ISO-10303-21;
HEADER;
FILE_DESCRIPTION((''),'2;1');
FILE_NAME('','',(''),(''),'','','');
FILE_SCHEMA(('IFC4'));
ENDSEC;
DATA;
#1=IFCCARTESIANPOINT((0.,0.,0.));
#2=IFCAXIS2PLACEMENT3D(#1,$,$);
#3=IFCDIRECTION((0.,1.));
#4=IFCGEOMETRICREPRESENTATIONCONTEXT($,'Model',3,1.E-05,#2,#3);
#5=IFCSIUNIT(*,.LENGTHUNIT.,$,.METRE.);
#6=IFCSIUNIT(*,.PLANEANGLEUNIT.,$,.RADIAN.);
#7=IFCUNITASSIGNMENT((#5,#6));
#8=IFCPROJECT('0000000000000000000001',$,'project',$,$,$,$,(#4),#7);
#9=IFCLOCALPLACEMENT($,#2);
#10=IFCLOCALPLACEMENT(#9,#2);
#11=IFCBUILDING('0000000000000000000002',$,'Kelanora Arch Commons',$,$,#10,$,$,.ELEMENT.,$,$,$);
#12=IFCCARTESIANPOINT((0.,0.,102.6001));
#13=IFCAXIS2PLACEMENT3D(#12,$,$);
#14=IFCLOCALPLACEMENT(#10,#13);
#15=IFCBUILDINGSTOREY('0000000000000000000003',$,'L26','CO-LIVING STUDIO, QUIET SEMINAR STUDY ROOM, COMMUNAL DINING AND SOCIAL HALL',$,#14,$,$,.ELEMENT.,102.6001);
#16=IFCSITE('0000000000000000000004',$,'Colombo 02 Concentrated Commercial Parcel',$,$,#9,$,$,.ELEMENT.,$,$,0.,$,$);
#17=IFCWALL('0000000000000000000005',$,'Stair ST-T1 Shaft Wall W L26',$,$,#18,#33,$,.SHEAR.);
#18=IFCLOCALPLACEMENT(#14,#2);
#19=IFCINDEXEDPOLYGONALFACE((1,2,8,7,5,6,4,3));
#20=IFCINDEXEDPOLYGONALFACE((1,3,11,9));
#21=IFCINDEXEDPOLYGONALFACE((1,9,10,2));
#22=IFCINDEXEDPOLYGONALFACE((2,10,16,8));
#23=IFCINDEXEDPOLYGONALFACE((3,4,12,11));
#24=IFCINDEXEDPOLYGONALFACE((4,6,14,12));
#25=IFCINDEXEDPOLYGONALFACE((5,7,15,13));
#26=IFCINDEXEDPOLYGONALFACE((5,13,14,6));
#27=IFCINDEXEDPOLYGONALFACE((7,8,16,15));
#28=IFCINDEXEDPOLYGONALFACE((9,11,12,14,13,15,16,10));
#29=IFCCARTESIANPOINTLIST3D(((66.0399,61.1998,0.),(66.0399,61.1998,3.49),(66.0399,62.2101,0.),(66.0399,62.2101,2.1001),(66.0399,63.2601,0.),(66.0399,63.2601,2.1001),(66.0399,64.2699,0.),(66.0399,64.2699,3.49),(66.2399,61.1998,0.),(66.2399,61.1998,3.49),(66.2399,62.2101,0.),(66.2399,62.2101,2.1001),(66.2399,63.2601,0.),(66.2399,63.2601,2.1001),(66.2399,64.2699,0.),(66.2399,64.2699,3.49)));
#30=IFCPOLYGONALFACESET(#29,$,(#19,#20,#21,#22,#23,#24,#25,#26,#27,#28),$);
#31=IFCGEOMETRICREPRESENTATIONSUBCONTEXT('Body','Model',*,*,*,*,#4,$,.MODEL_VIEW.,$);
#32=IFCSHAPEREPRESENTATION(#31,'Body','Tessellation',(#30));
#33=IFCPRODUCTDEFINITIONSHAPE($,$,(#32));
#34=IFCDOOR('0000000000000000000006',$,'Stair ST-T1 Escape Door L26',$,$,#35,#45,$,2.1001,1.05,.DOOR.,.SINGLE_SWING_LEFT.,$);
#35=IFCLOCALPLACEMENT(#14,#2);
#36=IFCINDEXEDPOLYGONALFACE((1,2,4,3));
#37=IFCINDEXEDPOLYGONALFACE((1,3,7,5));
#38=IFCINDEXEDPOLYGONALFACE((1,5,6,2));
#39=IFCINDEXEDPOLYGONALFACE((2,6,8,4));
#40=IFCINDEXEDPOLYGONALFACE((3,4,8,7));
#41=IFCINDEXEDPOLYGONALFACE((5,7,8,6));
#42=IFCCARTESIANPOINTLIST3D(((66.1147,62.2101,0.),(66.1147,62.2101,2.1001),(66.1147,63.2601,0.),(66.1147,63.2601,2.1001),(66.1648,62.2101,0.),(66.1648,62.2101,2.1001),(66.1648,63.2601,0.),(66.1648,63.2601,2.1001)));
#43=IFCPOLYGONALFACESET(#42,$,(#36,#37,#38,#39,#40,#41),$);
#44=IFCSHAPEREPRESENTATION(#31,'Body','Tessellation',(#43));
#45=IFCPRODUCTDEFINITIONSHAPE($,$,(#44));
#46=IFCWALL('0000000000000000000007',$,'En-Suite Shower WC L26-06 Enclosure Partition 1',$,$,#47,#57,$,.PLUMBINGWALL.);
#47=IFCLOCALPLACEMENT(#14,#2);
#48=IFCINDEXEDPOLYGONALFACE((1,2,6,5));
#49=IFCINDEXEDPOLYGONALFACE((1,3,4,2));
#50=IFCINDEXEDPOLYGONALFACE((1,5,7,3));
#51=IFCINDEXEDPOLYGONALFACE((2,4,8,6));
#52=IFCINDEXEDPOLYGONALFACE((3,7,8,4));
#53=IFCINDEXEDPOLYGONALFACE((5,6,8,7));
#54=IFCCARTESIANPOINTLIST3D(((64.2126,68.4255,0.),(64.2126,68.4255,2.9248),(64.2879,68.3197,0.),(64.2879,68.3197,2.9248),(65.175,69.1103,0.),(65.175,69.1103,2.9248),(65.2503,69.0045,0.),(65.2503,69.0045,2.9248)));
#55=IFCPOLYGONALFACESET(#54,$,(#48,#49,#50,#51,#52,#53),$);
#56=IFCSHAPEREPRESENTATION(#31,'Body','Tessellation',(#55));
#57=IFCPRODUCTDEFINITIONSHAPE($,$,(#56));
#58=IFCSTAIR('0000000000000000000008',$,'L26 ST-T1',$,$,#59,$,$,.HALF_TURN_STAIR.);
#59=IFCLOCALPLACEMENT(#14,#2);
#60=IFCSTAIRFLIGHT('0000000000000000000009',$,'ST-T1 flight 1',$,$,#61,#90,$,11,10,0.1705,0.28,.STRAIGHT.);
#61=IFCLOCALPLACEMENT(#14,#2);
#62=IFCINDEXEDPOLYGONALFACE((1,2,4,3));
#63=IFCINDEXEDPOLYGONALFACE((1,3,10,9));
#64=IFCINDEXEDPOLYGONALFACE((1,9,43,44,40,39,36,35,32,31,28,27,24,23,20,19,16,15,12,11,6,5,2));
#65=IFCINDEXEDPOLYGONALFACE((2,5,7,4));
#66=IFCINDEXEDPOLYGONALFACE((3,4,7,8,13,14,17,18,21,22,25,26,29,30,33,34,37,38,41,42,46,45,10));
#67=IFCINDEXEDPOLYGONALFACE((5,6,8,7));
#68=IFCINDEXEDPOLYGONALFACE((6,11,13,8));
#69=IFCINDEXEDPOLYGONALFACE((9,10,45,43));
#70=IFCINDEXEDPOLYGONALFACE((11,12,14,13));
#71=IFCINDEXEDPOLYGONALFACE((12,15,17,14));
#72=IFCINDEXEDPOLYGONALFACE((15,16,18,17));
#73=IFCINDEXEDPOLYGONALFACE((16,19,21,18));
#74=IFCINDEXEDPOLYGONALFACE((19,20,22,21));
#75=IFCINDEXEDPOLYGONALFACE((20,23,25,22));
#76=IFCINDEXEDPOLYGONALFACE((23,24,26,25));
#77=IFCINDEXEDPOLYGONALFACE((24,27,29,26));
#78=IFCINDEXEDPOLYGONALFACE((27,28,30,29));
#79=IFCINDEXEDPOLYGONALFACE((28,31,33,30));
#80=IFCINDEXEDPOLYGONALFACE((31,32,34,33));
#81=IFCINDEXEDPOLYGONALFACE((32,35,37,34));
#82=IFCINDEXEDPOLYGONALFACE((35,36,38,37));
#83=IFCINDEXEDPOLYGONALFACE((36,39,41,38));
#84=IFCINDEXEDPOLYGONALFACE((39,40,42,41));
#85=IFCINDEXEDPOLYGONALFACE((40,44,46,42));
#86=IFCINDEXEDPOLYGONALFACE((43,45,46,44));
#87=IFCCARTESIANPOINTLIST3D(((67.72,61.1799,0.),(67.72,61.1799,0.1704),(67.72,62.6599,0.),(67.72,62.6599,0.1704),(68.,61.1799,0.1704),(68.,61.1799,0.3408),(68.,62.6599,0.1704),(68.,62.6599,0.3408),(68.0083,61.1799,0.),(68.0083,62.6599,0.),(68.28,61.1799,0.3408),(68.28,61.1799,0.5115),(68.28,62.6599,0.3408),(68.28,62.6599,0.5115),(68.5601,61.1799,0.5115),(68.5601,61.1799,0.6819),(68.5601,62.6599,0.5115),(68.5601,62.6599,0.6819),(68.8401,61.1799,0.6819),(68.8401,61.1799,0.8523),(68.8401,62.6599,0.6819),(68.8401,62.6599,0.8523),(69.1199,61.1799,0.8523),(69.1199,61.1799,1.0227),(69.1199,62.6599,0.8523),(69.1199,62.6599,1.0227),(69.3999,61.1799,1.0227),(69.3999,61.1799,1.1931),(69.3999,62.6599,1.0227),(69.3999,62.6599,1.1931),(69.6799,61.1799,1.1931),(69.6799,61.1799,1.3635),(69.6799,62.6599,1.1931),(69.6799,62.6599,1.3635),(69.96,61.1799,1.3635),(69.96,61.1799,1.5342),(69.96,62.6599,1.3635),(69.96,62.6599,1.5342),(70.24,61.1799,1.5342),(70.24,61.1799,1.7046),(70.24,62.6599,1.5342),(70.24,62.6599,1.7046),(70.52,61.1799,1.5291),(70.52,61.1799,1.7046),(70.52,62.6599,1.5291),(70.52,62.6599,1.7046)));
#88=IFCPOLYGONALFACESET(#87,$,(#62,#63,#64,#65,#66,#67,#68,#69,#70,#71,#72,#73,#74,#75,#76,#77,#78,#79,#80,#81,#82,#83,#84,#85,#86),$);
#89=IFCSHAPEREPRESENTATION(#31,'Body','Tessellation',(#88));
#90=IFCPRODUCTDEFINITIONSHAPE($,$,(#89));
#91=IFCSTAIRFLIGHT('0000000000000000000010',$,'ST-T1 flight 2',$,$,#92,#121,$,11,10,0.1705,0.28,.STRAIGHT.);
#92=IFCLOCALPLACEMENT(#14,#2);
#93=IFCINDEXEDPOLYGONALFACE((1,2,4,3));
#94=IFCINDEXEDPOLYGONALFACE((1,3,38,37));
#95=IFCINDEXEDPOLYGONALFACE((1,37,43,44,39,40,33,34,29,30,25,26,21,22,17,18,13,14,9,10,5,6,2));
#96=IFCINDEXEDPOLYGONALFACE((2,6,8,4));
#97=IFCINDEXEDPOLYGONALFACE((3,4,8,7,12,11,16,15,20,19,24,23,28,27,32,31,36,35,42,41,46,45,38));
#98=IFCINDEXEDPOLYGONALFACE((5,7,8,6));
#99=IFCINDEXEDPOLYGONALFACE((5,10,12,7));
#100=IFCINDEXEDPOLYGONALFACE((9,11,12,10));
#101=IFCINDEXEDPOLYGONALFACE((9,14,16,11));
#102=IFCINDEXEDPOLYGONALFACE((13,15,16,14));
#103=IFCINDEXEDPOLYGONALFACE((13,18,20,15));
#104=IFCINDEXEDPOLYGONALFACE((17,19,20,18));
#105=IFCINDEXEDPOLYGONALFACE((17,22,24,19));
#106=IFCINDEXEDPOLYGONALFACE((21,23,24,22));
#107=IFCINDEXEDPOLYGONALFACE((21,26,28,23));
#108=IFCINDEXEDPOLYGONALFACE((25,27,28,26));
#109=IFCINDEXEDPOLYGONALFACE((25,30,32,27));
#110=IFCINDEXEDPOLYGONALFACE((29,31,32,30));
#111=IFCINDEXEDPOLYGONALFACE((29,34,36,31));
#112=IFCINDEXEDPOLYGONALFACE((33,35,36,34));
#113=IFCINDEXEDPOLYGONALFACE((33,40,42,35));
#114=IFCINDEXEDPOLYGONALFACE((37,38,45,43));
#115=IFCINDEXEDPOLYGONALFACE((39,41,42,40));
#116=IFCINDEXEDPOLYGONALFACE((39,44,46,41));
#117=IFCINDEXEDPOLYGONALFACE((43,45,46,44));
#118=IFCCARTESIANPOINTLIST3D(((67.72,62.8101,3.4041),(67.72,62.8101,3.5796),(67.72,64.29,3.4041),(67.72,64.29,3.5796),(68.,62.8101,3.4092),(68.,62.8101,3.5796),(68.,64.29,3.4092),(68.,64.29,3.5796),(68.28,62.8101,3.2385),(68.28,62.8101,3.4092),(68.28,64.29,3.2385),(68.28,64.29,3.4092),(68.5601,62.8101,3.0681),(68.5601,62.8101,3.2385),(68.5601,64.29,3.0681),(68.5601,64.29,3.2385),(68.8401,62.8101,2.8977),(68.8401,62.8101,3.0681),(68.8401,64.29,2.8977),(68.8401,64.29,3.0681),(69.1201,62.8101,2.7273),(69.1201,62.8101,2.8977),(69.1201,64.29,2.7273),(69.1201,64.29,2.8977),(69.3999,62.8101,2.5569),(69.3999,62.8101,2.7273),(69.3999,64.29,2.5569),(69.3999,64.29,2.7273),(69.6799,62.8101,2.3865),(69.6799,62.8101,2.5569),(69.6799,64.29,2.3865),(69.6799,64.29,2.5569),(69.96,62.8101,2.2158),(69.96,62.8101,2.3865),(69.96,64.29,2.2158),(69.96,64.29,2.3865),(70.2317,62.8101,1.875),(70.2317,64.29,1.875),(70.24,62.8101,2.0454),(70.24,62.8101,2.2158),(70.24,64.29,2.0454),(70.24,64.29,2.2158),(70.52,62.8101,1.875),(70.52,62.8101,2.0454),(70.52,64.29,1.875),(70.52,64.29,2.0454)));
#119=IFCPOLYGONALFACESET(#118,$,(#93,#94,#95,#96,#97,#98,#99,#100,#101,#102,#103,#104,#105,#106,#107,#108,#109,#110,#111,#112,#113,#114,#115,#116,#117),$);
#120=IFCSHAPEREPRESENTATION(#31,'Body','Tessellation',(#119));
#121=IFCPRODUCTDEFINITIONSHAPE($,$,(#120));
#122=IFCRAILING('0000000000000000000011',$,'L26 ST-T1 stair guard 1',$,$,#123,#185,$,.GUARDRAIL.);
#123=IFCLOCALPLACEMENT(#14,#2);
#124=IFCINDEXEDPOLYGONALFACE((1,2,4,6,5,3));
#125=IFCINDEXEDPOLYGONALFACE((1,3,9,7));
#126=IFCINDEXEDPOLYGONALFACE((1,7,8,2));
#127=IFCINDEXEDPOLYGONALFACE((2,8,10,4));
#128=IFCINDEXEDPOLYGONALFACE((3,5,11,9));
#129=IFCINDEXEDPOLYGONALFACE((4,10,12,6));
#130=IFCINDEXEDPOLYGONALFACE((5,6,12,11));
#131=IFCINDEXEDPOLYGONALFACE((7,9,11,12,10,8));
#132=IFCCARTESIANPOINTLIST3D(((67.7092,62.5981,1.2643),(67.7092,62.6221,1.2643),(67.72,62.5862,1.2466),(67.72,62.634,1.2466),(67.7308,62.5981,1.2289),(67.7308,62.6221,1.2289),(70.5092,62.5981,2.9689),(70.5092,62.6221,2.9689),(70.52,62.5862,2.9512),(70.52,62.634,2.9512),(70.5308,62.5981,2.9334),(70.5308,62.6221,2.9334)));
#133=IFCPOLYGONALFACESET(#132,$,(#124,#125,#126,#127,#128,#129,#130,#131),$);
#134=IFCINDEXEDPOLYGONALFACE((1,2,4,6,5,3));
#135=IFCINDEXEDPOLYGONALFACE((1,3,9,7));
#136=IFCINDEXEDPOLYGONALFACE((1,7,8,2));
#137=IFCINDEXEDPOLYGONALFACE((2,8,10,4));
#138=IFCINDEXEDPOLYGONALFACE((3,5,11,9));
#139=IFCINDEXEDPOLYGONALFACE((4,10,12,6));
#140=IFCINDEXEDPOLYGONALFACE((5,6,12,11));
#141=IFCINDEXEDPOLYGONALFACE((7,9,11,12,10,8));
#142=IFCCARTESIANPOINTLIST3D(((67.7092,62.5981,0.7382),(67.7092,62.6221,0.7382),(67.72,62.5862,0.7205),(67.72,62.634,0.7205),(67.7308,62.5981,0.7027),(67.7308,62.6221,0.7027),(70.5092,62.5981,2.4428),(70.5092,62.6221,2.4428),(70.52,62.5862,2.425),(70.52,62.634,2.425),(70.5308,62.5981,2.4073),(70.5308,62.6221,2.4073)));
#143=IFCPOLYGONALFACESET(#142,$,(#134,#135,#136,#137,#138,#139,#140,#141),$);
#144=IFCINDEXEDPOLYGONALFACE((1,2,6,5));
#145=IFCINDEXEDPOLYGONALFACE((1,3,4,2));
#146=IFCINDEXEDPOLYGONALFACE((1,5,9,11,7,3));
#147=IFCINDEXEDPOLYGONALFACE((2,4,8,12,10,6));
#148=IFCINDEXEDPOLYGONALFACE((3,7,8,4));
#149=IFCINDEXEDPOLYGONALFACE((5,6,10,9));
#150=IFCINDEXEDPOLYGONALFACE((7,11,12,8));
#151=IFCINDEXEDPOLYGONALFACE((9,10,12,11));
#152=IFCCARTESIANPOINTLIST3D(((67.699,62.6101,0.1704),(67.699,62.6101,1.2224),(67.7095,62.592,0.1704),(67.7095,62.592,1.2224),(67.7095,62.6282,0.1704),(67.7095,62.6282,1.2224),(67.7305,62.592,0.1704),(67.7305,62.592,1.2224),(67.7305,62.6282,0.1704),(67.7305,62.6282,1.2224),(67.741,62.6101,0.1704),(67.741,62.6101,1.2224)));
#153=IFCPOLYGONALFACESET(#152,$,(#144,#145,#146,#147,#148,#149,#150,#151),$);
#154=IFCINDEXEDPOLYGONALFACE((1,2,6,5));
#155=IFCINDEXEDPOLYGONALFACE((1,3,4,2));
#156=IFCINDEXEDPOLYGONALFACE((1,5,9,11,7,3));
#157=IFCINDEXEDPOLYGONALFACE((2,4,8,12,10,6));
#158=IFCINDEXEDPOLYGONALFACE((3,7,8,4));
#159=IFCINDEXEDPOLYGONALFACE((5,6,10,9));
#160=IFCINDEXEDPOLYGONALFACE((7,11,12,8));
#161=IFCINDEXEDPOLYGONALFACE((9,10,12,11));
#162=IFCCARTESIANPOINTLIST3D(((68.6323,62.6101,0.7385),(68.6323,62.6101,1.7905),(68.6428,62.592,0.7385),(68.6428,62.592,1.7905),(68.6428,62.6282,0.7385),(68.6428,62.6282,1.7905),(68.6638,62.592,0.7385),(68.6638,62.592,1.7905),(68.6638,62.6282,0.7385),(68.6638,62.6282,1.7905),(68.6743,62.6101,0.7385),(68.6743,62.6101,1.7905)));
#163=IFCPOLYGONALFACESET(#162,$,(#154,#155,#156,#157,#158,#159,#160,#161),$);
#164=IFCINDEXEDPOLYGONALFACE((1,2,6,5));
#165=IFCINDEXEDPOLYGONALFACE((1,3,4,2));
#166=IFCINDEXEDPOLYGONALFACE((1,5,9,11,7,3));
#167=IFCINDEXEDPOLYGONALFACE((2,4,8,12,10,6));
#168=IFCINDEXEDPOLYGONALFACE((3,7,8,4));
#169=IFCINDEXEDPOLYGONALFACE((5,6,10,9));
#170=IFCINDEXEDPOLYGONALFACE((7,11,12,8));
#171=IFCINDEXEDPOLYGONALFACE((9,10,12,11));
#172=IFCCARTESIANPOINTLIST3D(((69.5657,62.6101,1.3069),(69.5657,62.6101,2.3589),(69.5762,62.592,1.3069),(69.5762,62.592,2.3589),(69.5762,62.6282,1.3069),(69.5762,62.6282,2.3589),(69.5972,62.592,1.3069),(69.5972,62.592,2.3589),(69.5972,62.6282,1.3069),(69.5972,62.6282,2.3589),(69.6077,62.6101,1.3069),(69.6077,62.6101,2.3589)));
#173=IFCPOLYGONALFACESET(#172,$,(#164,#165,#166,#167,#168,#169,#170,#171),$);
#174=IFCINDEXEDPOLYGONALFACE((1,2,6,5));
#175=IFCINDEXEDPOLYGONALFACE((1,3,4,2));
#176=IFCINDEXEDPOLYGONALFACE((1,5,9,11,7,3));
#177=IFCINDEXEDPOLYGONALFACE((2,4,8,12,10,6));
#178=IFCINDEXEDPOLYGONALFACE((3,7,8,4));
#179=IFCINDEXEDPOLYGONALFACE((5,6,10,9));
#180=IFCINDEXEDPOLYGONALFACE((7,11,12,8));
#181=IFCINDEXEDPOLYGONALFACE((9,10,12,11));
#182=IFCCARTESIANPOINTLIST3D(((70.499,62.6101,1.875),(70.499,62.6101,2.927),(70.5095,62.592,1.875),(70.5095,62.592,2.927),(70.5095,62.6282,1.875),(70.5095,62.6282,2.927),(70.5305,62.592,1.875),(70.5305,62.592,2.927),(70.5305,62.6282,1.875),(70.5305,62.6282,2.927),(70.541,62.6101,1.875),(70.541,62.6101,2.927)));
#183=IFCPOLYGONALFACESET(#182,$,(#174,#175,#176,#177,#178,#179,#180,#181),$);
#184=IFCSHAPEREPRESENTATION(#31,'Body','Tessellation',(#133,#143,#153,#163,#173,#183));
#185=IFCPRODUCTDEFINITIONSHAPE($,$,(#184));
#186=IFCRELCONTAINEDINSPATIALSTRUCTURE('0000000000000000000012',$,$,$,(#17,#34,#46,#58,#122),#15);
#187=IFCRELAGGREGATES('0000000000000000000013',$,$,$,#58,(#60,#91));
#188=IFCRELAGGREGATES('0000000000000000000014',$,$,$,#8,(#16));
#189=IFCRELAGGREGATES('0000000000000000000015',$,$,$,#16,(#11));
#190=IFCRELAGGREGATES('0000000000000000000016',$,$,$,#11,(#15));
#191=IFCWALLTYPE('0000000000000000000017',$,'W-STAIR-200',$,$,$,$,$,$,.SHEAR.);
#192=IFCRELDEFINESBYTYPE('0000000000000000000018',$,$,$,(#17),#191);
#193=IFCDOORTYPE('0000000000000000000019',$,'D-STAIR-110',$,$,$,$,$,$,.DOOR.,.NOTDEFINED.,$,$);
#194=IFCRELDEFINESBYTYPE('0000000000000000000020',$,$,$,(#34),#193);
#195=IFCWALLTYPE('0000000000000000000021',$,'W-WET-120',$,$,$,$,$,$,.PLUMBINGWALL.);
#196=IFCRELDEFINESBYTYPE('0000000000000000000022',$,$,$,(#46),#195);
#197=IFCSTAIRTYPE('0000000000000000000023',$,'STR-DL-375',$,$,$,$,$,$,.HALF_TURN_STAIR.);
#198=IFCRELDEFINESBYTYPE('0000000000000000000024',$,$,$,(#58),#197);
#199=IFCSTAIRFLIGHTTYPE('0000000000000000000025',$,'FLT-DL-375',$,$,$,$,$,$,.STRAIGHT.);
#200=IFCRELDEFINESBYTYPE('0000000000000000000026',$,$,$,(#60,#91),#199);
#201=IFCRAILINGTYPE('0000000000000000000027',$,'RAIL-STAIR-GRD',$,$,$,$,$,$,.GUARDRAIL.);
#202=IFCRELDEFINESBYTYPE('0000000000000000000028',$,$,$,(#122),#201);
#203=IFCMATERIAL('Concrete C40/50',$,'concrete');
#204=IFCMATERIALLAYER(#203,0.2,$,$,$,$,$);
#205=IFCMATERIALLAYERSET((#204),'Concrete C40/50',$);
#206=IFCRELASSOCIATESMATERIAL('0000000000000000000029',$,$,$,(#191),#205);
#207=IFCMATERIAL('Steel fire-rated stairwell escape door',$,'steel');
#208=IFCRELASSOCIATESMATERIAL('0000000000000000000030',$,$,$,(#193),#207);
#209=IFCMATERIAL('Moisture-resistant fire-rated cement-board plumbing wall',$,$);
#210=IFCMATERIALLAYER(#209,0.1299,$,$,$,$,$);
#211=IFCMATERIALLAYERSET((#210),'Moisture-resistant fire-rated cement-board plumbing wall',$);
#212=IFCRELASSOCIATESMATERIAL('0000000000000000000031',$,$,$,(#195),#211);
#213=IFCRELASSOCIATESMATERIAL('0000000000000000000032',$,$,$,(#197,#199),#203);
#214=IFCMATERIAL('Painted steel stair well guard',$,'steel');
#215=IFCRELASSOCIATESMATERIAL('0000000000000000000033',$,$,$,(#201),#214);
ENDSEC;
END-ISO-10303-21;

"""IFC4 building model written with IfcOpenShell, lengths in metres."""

from ifc_helpers import new_model, si_unit, direction, frame, frame_2d, origin, place, context, subcontext, project, spatial, polyline, rectangle, outline, extrude, material, layer, layer_set, type_object, element, fill, aggregate, save


model = new_model("IFC4")

# Units and contexts
model_context = context("Model", 3, precision=1e-05, world=origin(), true_north=direction((0.0, 1.0)))
body_context = subcontext(model_context, "Body", "Model", "MODEL_VIEW")
ifc_project = project(units=[si_unit("LENGTHUNIT", "METRE"), si_unit("PLANEANGLEUNIT", "RADIAN")], contexts=[model_context])

# Site, building, storey
site_placement = place(None, origin())
site = spatial("IfcSite", under=ifc_project, at=site_placement, Name="Colombo 02 Concentrated Commercial Parcel", CompositionType="ELEMENT", RefElevation=0.0)
building_placement = place(site_placement, origin())
building = spatial("IfcBuilding", under=site, at=building_placement, Name="Kelanora Arch Commons", CompositionType="ELEMENT")
storey_placement = place(building_placement, frame((0.0, 0.0, 102.6001)))
storey = spatial("IfcBuildingStorey", under=building, at=storey_placement, Name="L26", Description="CO-LIVING STUDIO, QUIET SEMINAR STUDY ROOM, COMMUNAL DINING AND SOCIAL HALL", CompositionType="ELEMENT", Elevation=102.6001)

# Shared definitions
ifc_material_1 = material(Name="Concrete C40/50", Category="concrete")

# Shared definitions
ifc_layer_1 = layer(ifc_material_1, 0.2)
ifc_layer_set_1 = layer_set([ifc_layer_1], Name="Concrete C40/50")
wall_type_1 = type_object("IfcWallType", Name="W-STAIR-200", PredefinedType="SHEAR", material=ifc_layer_set_1)

# Wall, opening, door
wall_1_placement = place(storey_placement, frame((66.1399, 64.27, 0.0), z_axis=(0.0, 0.0, 1.0), x_axis=(0.0, -1.0, 0.0)))
wall_1 = element("IfcWall", 1, at=wall_1_placement, inside=storey, type_object=wall_type_1, Name="Stair ST-T1 Shaft Wall W L26", PredefinedType="SHEAR", context=body_context, shape_type="SweptSolid", body=[
    extrude(rectangle(XDim=3.0701, YDim=0.2, at=frame_2d((1.5352, 0.0))), origin(), (0.0, 0.0, 1.0), 3.49),
])
opening_1_placement = place(wall_1_placement, frame((1.01, 0.0, 0.0)))
opening_1 = element("IfcOpeningElement", 2, at=opening_1_placement, cuts=wall_1, PredefinedType="OPENING", context=body_context, shape_type="SweptSolid", body=[
    extrude(rectangle(XDim=1.05, YDim=2.1001, at=frame_2d((0.5249, 1.05))), frame((0.0, 0.1099, 0.0), z_axis=(0.0, -1.0, 0.0), x_axis=(1.0, 0.0, 0.0)), (0.0, 0.0, 1.0), 0.22),
])
ifc_material_2 = material(Name="Steel fire-rated stairwell escape door", Category="steel")
door_type_1 = type_object("IfcDoorType", Name="D-STAIR-110", OperationType="NOTDEFINED", PredefinedType="DOOR", material=ifc_material_2)
door_1_placement = place(opening_1_placement, origin())
door_1 = element("IfcDoor", 3, at=door_1_placement, inside=storey, type_object=door_type_1, Name="Stair ST-T1 Escape Door L26", OperationType="SINGLE_SWING_LEFT", OverallHeight=2.1001, OverallWidth=1.05, PredefinedType="DOOR", context=body_context, shape_type="SweptSolid", body=[
    extrude(rectangle(XDim=1.05, YDim=2.1001, at=frame_2d((0.5249, 1.05))), frame((0.0, 0.0249, 0.0), z_axis=(0.0, -1.0, 0.0), x_axis=(1.0, 0.0, 0.0)), (0.0, 0.0, 1.0), 0.05),
])
fill(opening_1, door_1)

# Wall
ifc_material_3 = material(Name="Moisture-resistant fire-rated cement-board plumbing wall")
ifc_layer_2 = layer(ifc_material_3, 0.1299)
ifc_layer_set_2 = layer_set([ifc_layer_2], Name="Moisture-resistant fire-rated cement-board plumbing wall")
wall_type_2 = type_object("IfcWallType", Name="W-WET-120", PredefinedType="PLUMBINGWALL", material=ifc_layer_set_2)
wall_2_placement = place(storey_placement, frame((65.2126, 69.0574, 0.0), z_axis=(0.0, 0.0, 1.0), x_axis=(-0.81478, -0.579771, 0.0)))
element("IfcWall", 4, at=wall_2_placement, inside=storey, type_object=wall_type_2, Name="En-Suite Shower WC L26-06 Enclosure Partition 1", PredefinedType="PLUMBINGWALL", context=body_context, shape_type="SweptSolid", body=[
    extrude(rectangle(XDim=1.1812, YDim=0.1299, at=frame_2d((0.5906, 0.0))), origin(), (0.0, 0.0, 1.0), 2.9248),
])

# Stair, stair flights
stair_type = type_object("IfcStairType", Name="STR-DL-375", PredefinedType="HALF_TURN_STAIR", material=ifc_material_1)
stair_placement = place(storey_placement, origin())
stair = element("IfcStair", 5, at=stair_placement, inside=storey, type_object=stair_type, Name="L26 ST-T1", PredefinedType="HALF_TURN_STAIR")
stair_flight_type = type_object("IfcStairFlightType", Name="FLT-DL-375", PredefinedType="STRAIGHT", material=ifc_material_1)
stair_flight_1_placement = place(storey_placement, frame((67.72, 61.9199, 0.0), z_axis=(0.0, 0.0, 1.0), x_axis=(1.0, 0.0, 0.0)))
stair_flight_1 = element("IfcStairFlight", 6, at=stair_flight_1_placement, type_object=stair_flight_type, Name="ST-T1 flight 1", NumberOfRisers=11, NumberOfTreads=10, PredefinedType="STRAIGHT", RiserHeight=0.1705, TreadLength=0.28, context=body_context, shape_type="SweptSolid", body=[
    extrude(outline(polyline([(0.0, 0.0), (0.0, 0.1704), (0.28, 0.1704), (0.28, 0.3408), (0.5601, 0.3408), (0.5601, 0.5115), (0.8401, 0.5115), (0.8401, 0.6819), (1.1201, 0.6819), (1.1201, 0.8523), (1.3999, 0.8523), (1.3999, 1.0227), (1.6799, 1.0227), (1.6799, 1.1931), (1.96, 1.1931), (1.96, 1.3635), (2.24, 1.3635), (2.24, 1.5342), (2.52, 1.5342), (2.52, 1.7046), (2.8, 1.7046), (2.8, 1.875), (2.8, 1.5291), (0.2883, 0.0), (0.0, 0.0)])), frame((0.0, 0.74, 0.0), z_axis=(0.0, -1.0, 0.0), x_axis=(1.0, 0.0, 0.0)), (0.0, 0.0, 1.0), 1.48),
])
stair_flight_2_placement = place(storey_placement, frame((70.52, 63.55, 1.875), z_axis=(0.0, 0.0, 1.0), x_axis=(-1.0, 0.0, 0.0)))
stair_flight_2 = element("IfcStairFlight", 7, at=stair_flight_2_placement, type_object=stair_flight_type, Name="ST-T1 flight 2", NumberOfRisers=11, NumberOfTreads=10, PredefinedType="STRAIGHT", RiserHeight=0.1705, TreadLength=0.28, context=body_context, shape_type="SweptSolid", body=[
    extrude(outline(polyline([(0.0, 0.0), (0.0, 0.1704), (0.28, 0.1704), (0.28, 0.3408), (0.5601, 0.3408), (0.5601, 0.5115), (0.8401, 0.5115), (0.8401, 0.6819), (1.1201, 0.6819), (1.1201, 0.8523), (1.3999, 0.8523), (1.3999, 1.0227), (1.6799, 1.0227), (1.6799, 1.1931), (1.96, 1.1931), (1.96, 1.3635), (2.24, 1.3635), (2.24, 1.5342), (2.52, 1.5342), (2.52, 1.7046), (2.8, 1.7046), (2.8, 1.875), (2.8, 1.5291), (0.2883, 0.0), (0.0, 0.0)])), frame((0.0, 0.74, 0.0), z_axis=(0.0, -1.0, 0.0), x_axis=(1.0, 0.0, 0.0)), (0.0, 0.0, 1.0), 1.48),
])
aggregate(stair, [stair_flight_1, stair_flight_2])

# Railing
ifc_material_4 = material(Name="Painted steel stair well guard", Category="steel")
railing_type_1 = type_object("IfcRailingType", Name="RAIL-STAIR-GRD", PredefinedType="GUARDRAIL", material=ifc_material_4)
railing_1_placement = place(storey_placement, frame((67.72, 62.6101, 0.1704)))
element("IfcRailing", 8, at=railing_1_placement, inside=storey, type_object=railing_type_1, Name="L26 ST-T1 stair guard 1", PredefinedType="GUARDRAIL", context=body_context, shape_type="SweptSolid", body=[
    extrude(outline(polyline([(0.0239, 0.0), (0.012, 0.0208), (-0.012, 0.0208), (-0.0239, 0.0), (-0.012, -0.0208), (0.012, -0.0208), (0.0239, 0.0)])), frame((0.0, 0.0, 1.0762), z_axis=(0.85417, 0.0, 0.519994), x_axis=(0.0, 1.0, 0.0)), (0.0, 0.0, 1.0), 3.2781),
    extrude(outline(polyline([(0.0239, 0.0), (0.012, 0.0208), (-0.012, 0.0208), (-0.0239, 0.0), (-0.012, -0.0208), (0.012, -0.0208), (0.0239, 0.0)])), frame((0.0, 0.0, 0.55), z_axis=(0.85417, 0.0, 0.519994), x_axis=(0.0, 1.0, 0.0)), (0.0, 0.0, 1.0), 3.2781),
    extrude(outline(polyline([(0.021, 0.0), (0.0105, 0.0181), (-0.0105, 0.0181), (-0.021, 0.0), (-0.0105, -0.0181), (0.0105, -0.0181), (0.021, 0.0)])), origin(), (0.0, 0.0, 1.0), 1.052),
    extrude(outline(polyline([(0.021, 0.0), (0.0105, 0.0181), (-0.0105, 0.0181), (-0.021, 0.0), (-0.0105, -0.0181), (0.0105, -0.0181), (0.021, 0.0)])), frame((0.9333, 0.0, 0.5681)), (0.0, 0.0, 1.0), 1.052),
    extrude(outline(polyline([(0.021, 0.0), (0.0105, 0.0181), (-0.0105, 0.0181), (-0.021, 0.0), (-0.0105, -0.0181), (0.0105, -0.0181), (0.021, 0.0)])), frame((1.8667, 0.0, 1.1365)), (0.0, 0.0, 1.0), 1.052),
    extrude(outline(polyline([(0.021, 0.0), (0.0105, 0.0181), (-0.0105, 0.0181), (-0.021, 0.0), (-0.0105, -0.0181), (0.0105, -0.0181), (0.021, 0.0)])), frame((2.8, 0.0, 1.7046)), (0.0, 0.0, 1.0), 1.052),
])

save(model, "model.ifc")
